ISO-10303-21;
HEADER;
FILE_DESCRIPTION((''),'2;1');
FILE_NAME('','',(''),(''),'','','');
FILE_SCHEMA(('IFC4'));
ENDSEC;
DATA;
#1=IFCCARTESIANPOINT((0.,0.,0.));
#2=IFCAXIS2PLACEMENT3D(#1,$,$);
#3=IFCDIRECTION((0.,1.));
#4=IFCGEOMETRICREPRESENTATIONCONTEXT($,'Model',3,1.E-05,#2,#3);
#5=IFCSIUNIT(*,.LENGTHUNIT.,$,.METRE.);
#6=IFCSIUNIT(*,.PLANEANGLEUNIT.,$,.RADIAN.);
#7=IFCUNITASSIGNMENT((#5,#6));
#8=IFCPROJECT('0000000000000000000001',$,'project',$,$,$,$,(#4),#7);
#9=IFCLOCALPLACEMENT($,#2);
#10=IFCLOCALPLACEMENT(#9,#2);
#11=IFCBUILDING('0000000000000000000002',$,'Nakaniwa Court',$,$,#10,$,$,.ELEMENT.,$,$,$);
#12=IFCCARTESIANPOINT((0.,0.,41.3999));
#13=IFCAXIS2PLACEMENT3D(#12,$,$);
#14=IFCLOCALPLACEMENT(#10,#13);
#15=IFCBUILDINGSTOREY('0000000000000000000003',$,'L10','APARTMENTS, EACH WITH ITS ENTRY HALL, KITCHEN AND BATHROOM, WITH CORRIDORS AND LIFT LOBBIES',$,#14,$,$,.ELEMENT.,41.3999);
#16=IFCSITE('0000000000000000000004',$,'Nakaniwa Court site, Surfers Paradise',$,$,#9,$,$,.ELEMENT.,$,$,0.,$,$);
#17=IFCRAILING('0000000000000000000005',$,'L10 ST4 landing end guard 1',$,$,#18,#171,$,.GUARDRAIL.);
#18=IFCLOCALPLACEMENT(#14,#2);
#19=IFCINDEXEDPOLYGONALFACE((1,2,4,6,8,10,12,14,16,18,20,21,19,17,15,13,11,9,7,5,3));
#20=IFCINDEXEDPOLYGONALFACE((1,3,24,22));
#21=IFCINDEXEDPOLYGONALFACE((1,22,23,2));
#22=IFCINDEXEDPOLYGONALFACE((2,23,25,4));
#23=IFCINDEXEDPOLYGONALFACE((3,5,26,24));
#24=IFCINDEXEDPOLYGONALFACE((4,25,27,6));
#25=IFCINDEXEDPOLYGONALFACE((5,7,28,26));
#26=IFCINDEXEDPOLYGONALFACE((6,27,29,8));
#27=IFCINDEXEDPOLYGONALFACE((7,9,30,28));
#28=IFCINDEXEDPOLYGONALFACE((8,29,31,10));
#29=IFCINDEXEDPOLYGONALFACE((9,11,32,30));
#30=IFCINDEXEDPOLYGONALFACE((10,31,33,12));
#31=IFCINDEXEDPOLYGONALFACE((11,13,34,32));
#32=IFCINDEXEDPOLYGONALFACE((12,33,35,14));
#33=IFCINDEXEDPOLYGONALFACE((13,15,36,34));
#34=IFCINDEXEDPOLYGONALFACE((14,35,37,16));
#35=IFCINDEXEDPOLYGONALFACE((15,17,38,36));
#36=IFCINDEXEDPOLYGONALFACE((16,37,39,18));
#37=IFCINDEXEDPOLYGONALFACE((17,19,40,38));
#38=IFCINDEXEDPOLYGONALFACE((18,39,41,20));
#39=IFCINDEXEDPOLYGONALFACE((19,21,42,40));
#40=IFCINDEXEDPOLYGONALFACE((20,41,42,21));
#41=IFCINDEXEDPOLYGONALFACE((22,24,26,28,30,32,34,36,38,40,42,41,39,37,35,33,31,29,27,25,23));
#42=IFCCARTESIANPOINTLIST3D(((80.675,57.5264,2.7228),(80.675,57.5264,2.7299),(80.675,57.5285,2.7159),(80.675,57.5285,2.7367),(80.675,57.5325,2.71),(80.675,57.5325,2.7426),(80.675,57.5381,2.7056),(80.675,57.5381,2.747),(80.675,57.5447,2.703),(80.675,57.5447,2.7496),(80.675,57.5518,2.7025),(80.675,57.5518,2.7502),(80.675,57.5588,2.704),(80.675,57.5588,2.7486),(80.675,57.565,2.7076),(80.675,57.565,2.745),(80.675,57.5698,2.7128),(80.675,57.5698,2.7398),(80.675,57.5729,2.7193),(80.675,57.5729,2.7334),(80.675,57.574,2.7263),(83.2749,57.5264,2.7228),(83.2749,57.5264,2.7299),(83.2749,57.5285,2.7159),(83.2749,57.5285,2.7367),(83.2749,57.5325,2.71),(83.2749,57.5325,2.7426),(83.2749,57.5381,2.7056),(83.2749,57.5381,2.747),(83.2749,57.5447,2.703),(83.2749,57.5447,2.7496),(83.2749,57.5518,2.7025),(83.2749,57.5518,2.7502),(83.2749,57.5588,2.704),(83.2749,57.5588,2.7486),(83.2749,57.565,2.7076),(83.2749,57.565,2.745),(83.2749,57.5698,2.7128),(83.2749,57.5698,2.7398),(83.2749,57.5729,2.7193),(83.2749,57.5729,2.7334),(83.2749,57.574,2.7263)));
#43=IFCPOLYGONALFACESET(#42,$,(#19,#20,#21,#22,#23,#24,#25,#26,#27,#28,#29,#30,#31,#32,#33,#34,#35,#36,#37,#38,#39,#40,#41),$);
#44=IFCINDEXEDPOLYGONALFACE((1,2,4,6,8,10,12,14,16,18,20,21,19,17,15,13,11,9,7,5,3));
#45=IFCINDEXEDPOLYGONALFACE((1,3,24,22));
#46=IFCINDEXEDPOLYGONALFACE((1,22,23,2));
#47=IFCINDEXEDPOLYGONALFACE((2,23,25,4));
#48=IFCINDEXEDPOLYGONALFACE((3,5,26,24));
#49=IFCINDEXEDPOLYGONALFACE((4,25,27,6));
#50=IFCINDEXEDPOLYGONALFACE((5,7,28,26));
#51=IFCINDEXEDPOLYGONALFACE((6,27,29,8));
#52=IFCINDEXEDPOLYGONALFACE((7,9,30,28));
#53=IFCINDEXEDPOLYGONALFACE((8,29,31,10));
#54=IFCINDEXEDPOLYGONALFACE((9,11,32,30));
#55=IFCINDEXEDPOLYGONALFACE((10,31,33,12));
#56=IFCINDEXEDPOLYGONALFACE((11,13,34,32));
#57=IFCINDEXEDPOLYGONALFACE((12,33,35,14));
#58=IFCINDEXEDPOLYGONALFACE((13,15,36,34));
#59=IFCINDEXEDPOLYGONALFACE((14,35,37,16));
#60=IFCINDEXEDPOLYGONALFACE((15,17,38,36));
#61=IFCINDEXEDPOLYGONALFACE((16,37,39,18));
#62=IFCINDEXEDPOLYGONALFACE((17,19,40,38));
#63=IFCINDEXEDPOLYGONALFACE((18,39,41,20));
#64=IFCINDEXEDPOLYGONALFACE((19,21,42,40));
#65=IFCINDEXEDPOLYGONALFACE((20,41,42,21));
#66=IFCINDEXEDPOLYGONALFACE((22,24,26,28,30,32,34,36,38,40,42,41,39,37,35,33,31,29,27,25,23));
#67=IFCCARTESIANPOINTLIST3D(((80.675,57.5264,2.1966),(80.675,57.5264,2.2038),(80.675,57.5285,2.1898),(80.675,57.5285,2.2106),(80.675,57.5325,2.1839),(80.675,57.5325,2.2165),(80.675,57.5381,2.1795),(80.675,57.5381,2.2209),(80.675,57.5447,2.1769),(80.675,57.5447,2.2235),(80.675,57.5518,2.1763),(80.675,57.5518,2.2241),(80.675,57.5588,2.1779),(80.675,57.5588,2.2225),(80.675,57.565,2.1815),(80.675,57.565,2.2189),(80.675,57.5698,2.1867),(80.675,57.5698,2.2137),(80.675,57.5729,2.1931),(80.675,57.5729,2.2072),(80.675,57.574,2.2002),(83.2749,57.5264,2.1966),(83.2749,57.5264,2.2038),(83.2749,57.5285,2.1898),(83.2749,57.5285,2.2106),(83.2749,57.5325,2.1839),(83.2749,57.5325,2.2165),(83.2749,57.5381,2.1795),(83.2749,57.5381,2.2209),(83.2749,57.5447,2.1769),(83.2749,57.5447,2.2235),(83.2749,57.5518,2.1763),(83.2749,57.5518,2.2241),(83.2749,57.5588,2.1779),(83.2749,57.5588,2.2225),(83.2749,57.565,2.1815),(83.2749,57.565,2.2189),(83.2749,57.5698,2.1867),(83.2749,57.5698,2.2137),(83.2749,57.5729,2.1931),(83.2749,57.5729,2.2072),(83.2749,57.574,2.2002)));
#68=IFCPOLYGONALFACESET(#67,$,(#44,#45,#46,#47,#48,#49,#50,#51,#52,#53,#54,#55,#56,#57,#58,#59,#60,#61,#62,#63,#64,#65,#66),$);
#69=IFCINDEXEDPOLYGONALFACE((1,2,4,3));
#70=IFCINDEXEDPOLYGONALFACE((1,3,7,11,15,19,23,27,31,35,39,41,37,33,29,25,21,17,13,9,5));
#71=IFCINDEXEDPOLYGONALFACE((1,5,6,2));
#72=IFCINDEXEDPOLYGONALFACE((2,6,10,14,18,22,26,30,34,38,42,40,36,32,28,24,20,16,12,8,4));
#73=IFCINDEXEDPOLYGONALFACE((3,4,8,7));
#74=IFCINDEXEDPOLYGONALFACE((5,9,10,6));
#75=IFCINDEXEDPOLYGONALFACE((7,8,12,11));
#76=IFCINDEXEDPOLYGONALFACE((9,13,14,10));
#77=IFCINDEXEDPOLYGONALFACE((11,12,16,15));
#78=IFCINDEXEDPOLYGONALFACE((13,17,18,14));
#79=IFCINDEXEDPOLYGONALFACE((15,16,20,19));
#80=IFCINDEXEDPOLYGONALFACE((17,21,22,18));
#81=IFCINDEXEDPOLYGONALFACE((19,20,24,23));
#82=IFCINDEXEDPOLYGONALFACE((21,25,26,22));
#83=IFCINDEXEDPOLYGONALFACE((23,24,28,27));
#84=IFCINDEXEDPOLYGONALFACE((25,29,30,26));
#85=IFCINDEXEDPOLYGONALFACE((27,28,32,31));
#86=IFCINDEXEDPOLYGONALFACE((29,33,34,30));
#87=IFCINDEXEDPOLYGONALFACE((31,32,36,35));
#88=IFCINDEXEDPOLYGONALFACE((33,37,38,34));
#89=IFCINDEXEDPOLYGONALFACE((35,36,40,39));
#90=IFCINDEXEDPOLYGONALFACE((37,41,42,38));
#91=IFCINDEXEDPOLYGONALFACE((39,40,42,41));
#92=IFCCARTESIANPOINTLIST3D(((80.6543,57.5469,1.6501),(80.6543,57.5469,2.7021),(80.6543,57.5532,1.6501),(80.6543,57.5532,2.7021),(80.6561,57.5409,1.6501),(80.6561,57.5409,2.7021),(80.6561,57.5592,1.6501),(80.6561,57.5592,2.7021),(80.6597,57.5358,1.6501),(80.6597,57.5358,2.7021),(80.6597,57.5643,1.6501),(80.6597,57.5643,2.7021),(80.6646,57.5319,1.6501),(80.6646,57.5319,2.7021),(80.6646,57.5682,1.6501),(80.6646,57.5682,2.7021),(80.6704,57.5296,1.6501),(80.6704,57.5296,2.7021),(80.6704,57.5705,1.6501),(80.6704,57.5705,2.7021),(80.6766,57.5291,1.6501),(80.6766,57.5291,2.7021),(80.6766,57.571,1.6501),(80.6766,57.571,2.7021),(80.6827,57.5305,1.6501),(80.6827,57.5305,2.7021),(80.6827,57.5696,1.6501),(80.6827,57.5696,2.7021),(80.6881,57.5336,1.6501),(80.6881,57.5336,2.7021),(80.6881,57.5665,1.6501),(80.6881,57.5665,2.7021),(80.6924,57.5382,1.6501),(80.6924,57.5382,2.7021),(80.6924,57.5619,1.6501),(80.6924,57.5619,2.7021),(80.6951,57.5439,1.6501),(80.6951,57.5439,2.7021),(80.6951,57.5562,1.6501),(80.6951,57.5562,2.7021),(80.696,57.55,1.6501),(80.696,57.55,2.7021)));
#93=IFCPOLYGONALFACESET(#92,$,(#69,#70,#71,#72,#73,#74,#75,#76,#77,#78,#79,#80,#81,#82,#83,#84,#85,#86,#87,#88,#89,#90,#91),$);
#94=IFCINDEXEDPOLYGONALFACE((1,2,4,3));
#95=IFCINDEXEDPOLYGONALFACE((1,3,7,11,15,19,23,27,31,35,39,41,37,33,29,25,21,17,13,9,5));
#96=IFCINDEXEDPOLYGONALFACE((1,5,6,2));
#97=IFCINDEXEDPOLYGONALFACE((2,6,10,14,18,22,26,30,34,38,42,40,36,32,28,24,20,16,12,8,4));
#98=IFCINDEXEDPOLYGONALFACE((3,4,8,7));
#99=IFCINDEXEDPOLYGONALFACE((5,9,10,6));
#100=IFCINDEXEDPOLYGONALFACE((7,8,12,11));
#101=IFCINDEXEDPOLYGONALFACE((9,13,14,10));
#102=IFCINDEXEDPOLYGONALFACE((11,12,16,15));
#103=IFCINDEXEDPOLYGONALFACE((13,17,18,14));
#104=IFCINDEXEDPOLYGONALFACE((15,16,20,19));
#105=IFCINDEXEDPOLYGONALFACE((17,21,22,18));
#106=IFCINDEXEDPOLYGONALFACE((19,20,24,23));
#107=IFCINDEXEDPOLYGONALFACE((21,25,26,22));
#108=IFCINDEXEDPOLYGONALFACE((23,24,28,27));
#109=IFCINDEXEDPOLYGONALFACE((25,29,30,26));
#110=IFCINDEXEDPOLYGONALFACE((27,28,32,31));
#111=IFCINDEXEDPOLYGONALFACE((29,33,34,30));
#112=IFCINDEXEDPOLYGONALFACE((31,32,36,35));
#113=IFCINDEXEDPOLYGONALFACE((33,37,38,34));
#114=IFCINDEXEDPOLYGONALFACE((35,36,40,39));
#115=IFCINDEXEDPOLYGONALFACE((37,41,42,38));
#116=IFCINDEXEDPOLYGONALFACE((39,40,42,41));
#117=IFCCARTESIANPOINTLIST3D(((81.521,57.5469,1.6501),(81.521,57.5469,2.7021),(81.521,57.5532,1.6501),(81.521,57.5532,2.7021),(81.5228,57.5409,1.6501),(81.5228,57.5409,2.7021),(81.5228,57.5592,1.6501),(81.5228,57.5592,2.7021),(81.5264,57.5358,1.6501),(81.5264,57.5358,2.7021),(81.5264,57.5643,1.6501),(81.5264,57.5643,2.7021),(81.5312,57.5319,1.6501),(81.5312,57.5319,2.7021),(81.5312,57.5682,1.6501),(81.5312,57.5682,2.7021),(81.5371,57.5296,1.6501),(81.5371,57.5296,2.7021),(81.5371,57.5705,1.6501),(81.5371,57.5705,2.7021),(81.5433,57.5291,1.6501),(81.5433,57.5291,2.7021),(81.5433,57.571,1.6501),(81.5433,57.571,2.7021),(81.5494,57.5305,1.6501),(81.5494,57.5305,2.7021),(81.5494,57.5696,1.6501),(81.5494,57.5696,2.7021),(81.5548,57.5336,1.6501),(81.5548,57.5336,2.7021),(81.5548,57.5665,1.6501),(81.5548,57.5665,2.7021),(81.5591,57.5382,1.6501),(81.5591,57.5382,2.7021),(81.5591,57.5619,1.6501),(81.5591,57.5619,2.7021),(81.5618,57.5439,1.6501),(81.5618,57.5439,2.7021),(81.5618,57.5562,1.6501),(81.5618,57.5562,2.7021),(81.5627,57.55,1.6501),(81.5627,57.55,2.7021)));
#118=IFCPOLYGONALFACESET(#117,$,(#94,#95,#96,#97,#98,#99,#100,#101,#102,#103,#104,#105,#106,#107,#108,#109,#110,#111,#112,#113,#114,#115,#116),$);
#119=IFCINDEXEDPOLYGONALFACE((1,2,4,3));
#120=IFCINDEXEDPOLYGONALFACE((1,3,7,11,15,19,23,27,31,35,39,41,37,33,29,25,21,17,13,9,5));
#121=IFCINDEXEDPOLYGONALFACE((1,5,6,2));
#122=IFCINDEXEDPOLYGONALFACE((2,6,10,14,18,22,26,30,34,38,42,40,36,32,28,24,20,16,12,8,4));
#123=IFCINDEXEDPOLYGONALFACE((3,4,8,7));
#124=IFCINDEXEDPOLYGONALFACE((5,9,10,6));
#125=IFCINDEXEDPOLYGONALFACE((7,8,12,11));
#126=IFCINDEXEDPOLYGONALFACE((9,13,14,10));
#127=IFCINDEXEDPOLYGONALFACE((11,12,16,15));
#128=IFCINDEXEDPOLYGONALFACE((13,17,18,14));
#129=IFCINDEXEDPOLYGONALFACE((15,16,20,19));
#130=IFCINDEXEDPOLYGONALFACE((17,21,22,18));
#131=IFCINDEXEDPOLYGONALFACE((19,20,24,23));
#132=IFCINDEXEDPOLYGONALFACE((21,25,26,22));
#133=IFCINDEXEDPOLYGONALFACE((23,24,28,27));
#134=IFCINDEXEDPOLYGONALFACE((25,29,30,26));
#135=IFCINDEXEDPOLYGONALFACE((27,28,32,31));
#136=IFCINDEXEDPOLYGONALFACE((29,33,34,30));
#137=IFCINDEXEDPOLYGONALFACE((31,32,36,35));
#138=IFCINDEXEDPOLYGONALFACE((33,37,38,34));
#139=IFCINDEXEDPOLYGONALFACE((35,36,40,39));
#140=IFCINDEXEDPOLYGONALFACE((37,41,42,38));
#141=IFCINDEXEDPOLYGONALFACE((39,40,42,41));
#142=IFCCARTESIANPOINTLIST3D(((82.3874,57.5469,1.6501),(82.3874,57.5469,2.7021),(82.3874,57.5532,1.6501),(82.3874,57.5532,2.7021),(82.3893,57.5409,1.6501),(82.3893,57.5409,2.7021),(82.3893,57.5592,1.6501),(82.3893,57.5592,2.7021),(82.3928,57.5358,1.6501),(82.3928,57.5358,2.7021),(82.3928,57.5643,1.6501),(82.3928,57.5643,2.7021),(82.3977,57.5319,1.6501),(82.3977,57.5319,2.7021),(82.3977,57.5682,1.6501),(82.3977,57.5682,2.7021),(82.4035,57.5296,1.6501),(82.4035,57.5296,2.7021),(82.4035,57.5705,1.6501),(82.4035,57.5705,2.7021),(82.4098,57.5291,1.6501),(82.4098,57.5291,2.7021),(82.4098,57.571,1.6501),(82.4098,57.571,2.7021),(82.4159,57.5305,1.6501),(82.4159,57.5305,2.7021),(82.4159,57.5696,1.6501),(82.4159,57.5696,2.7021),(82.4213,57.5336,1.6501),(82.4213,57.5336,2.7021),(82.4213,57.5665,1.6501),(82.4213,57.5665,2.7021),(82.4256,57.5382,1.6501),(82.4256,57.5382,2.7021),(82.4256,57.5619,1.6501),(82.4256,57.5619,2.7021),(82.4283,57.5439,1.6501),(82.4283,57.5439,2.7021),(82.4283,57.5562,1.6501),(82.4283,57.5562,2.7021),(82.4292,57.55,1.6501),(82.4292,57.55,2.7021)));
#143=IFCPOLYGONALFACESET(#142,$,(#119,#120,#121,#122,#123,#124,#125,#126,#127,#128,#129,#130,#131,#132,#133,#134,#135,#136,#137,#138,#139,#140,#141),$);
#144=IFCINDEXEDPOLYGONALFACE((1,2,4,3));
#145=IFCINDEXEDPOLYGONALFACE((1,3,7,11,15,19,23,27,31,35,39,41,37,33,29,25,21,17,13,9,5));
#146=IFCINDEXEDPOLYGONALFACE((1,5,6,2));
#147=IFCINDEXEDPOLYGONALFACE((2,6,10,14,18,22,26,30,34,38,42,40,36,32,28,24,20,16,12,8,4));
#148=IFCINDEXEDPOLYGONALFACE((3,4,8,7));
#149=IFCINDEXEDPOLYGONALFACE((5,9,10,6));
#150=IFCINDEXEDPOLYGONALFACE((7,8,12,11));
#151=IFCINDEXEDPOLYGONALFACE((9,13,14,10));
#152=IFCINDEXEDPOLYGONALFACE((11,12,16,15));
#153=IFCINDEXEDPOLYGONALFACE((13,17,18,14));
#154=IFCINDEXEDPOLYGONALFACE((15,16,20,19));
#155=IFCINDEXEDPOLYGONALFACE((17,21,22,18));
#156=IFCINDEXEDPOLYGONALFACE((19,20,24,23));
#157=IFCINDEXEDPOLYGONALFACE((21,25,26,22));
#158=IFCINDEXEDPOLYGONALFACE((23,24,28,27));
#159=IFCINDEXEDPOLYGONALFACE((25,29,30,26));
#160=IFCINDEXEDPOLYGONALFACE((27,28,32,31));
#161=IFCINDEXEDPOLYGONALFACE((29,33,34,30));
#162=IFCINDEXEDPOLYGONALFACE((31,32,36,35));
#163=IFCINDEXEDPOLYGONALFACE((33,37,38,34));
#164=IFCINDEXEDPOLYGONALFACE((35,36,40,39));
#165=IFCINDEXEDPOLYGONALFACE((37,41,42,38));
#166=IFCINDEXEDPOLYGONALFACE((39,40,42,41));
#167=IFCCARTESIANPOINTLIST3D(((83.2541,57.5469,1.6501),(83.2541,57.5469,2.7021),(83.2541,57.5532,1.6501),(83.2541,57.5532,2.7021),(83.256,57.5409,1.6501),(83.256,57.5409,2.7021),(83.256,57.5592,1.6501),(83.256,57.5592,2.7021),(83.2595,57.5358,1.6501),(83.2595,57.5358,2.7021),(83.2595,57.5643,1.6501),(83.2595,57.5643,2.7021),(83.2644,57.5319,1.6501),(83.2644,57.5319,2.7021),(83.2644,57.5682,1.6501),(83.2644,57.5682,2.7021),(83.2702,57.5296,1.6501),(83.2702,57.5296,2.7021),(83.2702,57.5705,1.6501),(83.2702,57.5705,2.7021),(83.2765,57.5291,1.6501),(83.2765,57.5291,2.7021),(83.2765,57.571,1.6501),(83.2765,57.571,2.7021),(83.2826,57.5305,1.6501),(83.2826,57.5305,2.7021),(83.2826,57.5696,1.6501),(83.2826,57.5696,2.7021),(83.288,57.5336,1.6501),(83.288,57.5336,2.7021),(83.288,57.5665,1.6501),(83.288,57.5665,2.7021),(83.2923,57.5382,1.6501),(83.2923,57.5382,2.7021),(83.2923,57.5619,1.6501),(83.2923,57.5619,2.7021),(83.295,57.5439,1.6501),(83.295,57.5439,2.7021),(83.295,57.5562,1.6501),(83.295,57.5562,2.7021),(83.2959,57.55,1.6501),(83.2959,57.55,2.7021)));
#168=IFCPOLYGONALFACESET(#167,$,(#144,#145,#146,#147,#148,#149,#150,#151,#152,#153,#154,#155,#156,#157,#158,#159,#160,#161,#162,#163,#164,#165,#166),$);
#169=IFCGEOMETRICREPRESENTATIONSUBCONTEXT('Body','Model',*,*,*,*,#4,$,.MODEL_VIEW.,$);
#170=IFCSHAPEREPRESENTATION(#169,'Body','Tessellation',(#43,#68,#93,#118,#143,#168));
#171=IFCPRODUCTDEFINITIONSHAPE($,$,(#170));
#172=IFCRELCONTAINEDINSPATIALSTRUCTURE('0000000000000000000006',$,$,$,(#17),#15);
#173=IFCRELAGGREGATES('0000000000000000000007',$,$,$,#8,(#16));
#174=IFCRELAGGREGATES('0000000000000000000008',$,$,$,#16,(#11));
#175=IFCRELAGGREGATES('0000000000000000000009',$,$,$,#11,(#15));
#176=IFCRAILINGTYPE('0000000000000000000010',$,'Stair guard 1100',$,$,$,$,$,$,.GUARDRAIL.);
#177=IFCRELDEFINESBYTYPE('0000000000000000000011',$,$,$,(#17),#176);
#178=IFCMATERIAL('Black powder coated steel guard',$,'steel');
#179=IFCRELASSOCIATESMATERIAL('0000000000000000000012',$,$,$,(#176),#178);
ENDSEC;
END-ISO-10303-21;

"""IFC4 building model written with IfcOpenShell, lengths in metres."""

from ifc_helpers import new_model, si_unit, direction, frame, origin, origin_2d, place, context, subcontext, project, spatial, circle, extrude, material, type_object, element, save


model = new_model("IFC4")

# Units and contexts
model_context = context("Model", 3, precision=1e-05, world=origin(), true_north=direction((0.0, 1.0)))
body_context = subcontext(model_context, "Body", "Model", "MODEL_VIEW")
ifc_project = project(units=[si_unit("LENGTHUNIT", "METRE"), si_unit("PLANEANGLEUNIT", "RADIAN")], contexts=[model_context])

# Site, building, storey
site_placement = place(None, origin())
site = spatial("IfcSite", under=ifc_project, at=site_placement, Name="Nakaniwa Court site, Surfers Paradise", CompositionType="ELEMENT", RefElevation=0.0)
building_placement = place(site_placement, origin())
building = spatial("IfcBuilding", under=site, at=building_placement, Name="Nakaniwa Court", CompositionType="ELEMENT")
storey_placement = place(building_placement, frame((0.0, 0.0, 41.3999)))
storey = spatial("IfcBuildingStorey", under=building, at=storey_placement, Name="L10", Description="APARTMENTS, EACH WITH ITS ENTRY HALL, KITCHEN AND BATHROOM, WITH CORRIDORS AND LIFT LOBBIES", CompositionType="ELEMENT", Elevation=41.3999)

# Railing
ifc_material_1 = material(Name="Black powder coated steel guard", Category="steel")
railing_type_1 = type_object("IfcRailingType", Name="Stair guard 1100", PredefinedType="GUARDRAIL", material=ifc_material_1)
railing_1_placement = place(storey_placement, frame((80.675, 57.55, 1.6501)))
element("IfcRailing", 1, at=railing_1_placement, inside=storey, type_object=railing_type_1, Name="L10 ST4 landing end guard 1", PredefinedType="GUARDRAIL", context=body_context, shape_type="SweptSolid", body=[
    extrude(circle(Radius=0.0239, at=origin_2d()), frame((0.0, 0.0, 1.0762), z_axis=(1.0, 0.0, 0.0), x_axis=(0.0, 1.0, 0.0)), (0.0, 0.0, 1.0), 2.5999),
    extrude(circle(Radius=0.0239, at=origin_2d()), frame((0.0, 0.0, 0.55), z_axis=(1.0, 0.0, 0.0), x_axis=(0.0, 1.0, 0.0)), (0.0, 0.0, 1.0), 2.5999),
    extrude(circle(Radius=0.021, at=origin_2d()), origin(), (0.0, 0.0, 1.0), 1.052),
    extrude(circle(Radius=0.021, at=origin_2d()), frame((0.8667, 0.0, 0.0)), (0.0, 0.0, 1.0), 1.052),
    extrude(circle(Radius=0.021, at=origin_2d()), frame((1.7332, 0.0, 0.0)), (0.0, 0.0, 1.0), 1.052),
    extrude(circle(Radius=0.021, at=origin_2d()), frame((2.5999, 0.0, 0.0)), (0.0, 0.0, 1.0), 1.052),
])

save(model, "model.ifc")
